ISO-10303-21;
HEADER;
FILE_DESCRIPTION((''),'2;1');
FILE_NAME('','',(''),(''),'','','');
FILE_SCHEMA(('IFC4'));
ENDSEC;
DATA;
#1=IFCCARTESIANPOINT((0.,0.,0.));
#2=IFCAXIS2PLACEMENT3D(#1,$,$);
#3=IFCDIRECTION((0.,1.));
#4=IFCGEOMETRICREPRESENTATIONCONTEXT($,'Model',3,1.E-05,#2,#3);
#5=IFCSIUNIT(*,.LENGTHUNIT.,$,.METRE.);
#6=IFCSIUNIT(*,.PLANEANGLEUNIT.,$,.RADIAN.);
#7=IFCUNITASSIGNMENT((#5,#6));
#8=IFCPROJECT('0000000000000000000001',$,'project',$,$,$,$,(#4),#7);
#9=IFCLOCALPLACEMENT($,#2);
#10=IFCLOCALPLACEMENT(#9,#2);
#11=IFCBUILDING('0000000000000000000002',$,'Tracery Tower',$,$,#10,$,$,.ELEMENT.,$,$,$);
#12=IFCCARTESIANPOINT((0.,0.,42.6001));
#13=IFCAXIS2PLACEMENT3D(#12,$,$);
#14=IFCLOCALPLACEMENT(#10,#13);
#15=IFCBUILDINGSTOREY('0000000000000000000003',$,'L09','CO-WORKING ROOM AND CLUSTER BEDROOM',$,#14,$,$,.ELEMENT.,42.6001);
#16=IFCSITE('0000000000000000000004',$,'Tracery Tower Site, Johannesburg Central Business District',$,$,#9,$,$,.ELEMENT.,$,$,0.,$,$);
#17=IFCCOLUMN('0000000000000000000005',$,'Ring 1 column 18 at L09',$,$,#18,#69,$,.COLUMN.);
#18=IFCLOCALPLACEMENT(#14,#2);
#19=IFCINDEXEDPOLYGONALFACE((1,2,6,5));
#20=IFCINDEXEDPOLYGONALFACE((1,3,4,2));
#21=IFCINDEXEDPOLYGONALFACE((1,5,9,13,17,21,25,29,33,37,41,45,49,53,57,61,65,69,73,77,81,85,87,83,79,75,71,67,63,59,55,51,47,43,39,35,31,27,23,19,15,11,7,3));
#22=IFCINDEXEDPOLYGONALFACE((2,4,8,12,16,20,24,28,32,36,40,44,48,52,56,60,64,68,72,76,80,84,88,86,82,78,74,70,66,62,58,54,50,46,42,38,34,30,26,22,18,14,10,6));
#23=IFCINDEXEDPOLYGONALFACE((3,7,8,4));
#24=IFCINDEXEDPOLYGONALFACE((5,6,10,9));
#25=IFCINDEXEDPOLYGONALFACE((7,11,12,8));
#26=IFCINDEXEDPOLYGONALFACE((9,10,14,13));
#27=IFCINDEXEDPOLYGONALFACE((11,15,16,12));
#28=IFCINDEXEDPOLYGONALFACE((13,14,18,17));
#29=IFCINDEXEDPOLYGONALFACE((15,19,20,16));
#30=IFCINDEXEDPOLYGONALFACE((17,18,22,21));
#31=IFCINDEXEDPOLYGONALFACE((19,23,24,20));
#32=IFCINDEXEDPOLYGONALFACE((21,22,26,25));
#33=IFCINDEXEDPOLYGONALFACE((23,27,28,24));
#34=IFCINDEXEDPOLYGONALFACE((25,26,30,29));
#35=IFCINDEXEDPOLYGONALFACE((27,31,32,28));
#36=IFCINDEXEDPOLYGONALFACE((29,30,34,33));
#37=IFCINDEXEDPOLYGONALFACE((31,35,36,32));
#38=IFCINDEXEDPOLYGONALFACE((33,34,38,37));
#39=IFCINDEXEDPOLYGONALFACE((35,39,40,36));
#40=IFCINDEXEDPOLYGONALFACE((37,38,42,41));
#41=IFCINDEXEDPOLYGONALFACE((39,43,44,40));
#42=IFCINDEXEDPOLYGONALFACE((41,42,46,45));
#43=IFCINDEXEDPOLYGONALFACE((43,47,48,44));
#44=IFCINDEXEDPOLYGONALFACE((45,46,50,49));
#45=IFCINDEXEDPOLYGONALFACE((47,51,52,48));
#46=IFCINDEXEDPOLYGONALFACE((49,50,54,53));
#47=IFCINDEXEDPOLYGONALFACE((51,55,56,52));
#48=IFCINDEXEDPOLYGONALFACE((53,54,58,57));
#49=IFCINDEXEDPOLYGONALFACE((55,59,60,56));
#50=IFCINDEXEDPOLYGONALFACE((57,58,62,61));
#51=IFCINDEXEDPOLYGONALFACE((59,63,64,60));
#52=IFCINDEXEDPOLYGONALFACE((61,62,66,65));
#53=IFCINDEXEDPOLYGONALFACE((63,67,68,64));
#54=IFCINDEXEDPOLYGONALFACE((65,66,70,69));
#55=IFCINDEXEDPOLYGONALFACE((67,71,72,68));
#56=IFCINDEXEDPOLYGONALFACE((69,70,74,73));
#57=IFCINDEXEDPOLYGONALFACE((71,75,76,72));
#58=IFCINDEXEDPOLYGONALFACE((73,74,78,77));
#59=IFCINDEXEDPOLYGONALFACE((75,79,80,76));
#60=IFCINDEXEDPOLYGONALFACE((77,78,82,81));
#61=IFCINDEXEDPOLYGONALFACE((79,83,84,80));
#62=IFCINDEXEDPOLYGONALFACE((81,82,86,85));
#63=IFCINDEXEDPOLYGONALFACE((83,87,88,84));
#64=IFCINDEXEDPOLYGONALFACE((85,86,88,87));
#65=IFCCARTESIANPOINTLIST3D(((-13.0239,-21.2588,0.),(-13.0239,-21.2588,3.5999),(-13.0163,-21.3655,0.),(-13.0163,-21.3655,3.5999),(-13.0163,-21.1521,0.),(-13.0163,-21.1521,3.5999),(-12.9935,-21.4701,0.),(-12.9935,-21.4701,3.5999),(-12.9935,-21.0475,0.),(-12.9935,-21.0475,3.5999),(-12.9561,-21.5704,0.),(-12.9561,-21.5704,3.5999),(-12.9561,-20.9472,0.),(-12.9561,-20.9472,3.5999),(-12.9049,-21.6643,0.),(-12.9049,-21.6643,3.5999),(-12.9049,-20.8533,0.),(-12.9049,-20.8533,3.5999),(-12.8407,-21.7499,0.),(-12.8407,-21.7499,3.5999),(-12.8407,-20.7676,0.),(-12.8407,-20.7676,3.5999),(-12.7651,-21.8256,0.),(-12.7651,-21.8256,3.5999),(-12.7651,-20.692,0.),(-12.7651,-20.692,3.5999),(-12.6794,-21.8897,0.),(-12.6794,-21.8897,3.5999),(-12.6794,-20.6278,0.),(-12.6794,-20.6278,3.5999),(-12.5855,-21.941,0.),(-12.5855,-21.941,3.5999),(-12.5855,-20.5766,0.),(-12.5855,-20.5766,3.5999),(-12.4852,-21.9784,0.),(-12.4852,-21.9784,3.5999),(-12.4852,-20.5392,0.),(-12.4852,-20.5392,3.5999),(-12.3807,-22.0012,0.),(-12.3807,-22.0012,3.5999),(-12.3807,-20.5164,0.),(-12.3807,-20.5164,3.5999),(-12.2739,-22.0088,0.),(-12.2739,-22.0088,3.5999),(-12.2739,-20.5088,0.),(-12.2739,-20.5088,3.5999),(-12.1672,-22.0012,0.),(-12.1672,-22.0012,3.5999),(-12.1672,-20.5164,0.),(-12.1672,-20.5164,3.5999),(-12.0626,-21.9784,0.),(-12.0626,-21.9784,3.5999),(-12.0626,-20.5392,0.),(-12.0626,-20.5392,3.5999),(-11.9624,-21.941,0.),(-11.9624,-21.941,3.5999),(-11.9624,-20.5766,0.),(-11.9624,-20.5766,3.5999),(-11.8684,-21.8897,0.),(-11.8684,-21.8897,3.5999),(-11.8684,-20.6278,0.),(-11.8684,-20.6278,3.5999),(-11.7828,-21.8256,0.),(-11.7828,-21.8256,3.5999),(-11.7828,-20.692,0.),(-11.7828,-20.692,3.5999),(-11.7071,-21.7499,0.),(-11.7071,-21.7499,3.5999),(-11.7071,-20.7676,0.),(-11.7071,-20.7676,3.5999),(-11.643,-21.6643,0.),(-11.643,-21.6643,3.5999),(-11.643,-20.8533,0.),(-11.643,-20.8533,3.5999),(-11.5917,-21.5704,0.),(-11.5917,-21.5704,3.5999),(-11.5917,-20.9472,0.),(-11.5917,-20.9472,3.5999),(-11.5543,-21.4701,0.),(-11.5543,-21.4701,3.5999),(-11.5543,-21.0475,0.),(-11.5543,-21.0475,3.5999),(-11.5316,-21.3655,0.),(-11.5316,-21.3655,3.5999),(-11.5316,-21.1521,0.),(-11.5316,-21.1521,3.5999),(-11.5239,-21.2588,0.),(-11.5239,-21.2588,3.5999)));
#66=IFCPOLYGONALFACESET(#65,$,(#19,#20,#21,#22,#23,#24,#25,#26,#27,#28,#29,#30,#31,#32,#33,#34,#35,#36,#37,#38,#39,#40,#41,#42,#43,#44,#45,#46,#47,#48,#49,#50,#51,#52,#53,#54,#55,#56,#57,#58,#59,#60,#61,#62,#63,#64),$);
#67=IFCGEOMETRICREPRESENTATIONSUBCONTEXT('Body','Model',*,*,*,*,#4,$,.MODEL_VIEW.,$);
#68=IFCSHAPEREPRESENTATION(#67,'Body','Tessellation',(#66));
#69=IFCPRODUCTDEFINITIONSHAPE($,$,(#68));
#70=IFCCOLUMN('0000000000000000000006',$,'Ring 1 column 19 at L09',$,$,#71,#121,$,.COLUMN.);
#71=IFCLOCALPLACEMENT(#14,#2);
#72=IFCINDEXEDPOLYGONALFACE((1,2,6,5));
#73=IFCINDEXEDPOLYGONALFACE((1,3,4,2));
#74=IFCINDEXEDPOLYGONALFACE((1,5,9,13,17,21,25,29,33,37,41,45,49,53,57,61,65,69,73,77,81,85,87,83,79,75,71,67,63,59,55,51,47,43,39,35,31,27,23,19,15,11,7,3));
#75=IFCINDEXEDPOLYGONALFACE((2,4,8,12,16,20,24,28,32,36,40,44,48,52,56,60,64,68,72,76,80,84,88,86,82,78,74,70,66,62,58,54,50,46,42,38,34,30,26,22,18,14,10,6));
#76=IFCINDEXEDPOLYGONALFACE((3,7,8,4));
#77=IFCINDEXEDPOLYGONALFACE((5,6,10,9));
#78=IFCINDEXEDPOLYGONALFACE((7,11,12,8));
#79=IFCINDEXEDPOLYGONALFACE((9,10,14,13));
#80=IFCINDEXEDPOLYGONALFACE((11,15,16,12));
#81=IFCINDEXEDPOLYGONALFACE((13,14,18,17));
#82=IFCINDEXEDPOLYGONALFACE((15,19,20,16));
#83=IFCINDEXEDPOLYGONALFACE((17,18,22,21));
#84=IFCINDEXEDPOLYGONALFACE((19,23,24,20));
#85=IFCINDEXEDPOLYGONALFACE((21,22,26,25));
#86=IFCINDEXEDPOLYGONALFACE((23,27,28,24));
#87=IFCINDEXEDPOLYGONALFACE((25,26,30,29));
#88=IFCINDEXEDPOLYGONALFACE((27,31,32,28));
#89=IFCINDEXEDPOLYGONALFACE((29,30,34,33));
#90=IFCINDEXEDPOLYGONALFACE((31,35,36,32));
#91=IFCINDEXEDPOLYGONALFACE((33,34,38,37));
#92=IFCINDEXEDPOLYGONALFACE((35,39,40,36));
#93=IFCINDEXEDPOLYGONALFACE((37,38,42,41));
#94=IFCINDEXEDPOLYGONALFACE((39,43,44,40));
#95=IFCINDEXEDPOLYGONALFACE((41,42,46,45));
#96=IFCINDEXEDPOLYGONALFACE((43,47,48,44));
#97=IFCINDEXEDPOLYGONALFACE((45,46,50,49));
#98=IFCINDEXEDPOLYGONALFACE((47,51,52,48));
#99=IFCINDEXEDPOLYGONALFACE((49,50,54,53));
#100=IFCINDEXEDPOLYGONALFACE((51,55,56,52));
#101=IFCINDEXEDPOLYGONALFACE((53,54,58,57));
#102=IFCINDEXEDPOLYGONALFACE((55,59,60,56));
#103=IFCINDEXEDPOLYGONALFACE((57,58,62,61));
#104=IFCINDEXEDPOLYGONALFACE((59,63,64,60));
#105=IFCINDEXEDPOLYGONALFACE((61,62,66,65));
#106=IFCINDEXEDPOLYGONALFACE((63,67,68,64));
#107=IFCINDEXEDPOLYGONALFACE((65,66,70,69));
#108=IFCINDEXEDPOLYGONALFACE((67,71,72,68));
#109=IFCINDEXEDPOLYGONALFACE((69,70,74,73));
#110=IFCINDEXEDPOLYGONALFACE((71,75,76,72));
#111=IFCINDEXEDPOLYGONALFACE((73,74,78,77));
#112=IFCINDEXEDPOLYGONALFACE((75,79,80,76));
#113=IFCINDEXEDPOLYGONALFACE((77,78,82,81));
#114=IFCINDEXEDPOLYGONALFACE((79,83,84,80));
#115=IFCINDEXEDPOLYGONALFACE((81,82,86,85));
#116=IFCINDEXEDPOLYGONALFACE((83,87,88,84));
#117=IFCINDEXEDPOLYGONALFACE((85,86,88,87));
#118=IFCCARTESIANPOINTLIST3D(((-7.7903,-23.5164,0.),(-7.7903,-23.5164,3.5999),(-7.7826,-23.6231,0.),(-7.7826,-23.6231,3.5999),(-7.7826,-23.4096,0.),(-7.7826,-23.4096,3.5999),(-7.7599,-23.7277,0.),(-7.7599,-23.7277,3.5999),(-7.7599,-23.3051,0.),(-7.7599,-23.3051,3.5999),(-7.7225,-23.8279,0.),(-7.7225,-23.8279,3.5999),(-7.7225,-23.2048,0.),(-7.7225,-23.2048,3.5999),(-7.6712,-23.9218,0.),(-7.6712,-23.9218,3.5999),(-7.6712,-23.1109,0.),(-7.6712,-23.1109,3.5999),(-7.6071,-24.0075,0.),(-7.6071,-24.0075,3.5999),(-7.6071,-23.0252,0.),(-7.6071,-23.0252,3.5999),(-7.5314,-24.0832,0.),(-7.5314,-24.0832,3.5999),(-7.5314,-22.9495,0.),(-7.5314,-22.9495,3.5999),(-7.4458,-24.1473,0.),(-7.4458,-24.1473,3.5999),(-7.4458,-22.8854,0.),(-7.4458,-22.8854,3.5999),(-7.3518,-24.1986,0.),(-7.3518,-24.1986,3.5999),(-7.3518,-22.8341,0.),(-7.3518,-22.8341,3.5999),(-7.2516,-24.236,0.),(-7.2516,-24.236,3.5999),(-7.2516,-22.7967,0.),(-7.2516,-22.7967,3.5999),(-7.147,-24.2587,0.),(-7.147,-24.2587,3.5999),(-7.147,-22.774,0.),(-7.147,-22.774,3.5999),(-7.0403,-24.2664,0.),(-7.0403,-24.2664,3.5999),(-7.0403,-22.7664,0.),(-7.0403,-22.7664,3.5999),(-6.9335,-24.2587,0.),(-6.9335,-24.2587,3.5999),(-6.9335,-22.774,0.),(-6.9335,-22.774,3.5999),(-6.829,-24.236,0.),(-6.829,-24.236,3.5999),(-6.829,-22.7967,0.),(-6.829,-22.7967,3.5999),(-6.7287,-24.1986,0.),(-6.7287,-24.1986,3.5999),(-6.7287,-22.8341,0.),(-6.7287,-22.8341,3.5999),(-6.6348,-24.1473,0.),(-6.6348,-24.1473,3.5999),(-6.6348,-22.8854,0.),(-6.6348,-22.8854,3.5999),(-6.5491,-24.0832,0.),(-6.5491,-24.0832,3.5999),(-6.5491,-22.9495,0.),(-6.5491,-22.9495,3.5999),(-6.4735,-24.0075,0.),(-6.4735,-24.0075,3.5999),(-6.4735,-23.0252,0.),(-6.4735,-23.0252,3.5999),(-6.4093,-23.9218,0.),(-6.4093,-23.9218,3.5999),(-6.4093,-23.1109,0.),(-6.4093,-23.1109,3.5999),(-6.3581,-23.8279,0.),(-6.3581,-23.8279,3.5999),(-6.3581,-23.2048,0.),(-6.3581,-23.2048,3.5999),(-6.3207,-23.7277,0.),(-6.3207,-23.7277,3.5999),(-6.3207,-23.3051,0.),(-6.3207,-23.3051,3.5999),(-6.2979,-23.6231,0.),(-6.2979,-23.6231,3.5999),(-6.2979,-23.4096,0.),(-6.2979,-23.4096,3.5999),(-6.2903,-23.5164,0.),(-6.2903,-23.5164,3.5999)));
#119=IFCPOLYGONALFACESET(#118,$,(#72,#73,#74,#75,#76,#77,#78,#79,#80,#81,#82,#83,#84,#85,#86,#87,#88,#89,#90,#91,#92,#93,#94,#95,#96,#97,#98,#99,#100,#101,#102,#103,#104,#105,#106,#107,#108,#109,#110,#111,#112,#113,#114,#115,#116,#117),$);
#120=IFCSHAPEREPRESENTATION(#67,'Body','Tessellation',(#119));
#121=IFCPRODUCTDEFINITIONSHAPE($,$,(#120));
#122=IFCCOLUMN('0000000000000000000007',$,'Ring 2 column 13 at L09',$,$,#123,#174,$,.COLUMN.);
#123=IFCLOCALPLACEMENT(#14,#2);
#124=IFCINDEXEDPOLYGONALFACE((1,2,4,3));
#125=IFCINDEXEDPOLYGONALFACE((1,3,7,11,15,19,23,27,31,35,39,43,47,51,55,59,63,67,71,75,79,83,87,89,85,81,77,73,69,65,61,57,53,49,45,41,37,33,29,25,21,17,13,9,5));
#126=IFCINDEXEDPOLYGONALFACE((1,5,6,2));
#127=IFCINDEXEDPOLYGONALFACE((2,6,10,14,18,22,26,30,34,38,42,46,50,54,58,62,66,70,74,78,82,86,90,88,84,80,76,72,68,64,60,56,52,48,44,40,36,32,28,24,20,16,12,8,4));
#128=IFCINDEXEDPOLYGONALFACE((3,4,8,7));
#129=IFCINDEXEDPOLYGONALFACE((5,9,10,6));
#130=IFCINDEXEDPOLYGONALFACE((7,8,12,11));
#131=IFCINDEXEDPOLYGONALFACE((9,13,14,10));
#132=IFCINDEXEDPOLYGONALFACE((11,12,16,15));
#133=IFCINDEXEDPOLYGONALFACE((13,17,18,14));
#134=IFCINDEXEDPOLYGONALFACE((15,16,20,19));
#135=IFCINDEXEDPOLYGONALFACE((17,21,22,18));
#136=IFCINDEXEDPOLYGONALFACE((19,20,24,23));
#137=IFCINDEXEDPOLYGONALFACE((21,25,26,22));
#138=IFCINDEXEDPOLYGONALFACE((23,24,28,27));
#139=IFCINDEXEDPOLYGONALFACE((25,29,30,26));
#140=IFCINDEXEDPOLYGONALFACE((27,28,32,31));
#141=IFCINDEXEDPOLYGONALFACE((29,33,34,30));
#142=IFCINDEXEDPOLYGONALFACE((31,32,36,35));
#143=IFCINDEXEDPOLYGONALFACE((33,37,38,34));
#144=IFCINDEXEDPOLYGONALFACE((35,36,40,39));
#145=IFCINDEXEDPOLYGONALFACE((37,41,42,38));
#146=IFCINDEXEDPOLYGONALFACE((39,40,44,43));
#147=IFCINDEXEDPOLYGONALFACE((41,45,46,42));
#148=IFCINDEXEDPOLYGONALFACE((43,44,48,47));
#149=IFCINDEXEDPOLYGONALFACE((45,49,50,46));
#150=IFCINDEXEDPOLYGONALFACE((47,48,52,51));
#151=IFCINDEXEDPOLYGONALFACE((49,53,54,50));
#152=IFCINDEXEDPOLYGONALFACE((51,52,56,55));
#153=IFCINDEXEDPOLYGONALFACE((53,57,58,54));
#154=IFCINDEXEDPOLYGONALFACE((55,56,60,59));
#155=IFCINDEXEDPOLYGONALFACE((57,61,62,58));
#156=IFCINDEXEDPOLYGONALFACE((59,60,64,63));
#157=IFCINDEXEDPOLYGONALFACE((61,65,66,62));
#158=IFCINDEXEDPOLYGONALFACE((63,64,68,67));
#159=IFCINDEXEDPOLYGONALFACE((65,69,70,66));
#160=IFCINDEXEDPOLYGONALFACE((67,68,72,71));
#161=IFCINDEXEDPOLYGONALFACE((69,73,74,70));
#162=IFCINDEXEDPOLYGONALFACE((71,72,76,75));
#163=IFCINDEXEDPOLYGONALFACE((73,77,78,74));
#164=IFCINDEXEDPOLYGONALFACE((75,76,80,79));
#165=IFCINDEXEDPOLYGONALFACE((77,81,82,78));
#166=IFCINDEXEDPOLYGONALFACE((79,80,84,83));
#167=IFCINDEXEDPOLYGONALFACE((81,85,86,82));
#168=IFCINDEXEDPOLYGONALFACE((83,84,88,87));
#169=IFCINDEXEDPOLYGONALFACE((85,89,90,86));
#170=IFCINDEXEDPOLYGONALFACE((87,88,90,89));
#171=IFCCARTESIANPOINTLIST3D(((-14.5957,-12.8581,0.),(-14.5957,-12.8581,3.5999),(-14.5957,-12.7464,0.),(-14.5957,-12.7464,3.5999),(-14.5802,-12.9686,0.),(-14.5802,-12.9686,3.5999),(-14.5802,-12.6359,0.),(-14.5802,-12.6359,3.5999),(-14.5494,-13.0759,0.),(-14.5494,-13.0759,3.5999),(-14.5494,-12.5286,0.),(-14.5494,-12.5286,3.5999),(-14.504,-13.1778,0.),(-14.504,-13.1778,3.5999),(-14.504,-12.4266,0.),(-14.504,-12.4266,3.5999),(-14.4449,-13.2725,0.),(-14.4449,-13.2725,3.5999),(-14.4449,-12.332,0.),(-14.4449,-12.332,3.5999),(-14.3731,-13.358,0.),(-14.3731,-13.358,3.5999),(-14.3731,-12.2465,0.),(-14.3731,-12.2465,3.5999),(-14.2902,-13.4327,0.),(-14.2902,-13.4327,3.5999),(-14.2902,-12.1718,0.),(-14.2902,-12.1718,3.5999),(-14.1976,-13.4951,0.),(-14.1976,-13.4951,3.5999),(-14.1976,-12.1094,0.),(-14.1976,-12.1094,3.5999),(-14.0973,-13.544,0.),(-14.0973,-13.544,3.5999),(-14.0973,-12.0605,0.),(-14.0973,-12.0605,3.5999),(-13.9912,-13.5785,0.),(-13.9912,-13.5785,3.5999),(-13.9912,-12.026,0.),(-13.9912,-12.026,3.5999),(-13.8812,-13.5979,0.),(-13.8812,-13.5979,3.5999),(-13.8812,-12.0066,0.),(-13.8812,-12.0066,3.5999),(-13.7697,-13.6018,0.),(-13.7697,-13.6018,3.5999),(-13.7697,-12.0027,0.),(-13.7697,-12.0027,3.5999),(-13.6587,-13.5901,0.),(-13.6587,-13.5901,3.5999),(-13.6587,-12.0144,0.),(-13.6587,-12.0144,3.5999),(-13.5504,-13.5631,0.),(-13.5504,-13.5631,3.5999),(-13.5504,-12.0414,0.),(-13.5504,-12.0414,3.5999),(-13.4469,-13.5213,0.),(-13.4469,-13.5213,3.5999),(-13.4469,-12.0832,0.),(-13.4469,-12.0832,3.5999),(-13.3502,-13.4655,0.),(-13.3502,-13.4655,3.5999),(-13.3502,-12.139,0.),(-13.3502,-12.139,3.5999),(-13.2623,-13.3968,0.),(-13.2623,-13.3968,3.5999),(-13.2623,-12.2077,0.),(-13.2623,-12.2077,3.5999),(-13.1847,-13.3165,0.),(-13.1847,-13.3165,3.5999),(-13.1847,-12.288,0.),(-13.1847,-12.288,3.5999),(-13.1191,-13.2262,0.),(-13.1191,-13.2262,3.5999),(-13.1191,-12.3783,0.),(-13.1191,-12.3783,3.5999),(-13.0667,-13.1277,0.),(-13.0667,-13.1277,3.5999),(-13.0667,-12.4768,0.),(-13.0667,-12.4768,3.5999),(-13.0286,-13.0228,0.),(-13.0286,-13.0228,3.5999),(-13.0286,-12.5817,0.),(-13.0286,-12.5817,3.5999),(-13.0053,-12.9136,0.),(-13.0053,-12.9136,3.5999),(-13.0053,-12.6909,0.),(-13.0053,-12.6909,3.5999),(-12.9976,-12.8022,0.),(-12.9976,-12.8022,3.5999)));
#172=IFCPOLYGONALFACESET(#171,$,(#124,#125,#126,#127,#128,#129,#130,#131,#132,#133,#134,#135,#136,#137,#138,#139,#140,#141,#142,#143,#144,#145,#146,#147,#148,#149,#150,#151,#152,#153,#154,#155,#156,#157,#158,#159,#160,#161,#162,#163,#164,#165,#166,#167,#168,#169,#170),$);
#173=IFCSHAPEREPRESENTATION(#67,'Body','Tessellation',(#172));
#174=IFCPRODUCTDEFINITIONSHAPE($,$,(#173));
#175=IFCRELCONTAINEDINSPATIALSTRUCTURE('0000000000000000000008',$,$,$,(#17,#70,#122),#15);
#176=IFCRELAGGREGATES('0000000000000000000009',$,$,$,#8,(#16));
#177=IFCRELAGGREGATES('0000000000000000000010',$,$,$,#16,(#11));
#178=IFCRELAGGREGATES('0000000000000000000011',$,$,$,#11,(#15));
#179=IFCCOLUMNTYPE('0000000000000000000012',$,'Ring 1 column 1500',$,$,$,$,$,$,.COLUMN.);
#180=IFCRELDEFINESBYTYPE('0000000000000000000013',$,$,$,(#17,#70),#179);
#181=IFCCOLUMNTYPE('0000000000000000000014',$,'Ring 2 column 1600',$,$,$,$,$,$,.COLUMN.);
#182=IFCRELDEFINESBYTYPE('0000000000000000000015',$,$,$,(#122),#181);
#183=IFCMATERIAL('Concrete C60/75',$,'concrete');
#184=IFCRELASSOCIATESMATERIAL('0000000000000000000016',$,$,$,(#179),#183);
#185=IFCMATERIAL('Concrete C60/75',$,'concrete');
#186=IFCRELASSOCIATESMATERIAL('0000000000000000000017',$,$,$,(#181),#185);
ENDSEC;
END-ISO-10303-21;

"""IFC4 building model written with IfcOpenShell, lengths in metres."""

from ifc_helpers import new_model, si_unit, direction, frame, origin, origin_2d, place, context, subcontext, project, spatial, circle, extrude, material, material_profile, profile_set, type_object, element, save


model = new_model("IFC4")

# Units and contexts
model_context = context("Model", 3, precision=1e-05, world=origin(), true_north=direction((0.0, 1.0)))
body_context = subcontext(model_context, "Body", "Model", "MODEL_VIEW")
ifc_project = project(units=[si_unit("LENGTHUNIT", "METRE"), si_unit("PLANEANGLEUNIT", "RADIAN")], contexts=[model_context])

# Site, building, storey
site_placement = place(None, origin())
site = spatial("IfcSite", under=ifc_project, at=site_placement, Name="Tracery Tower Site, Johannesburg Central Business District", CompositionType="ELEMENT", RefElevation=0.0)
building_placement = place(site_placement, origin())
building = spatial("IfcBuilding", under=site, at=building_placement, Name="Tracery Tower", CompositionType="ELEMENT")
storey_placement = place(building_placement, frame((0.0, 0.0, 42.6001)))
storey = spatial("IfcBuildingStorey", under=building, at=storey_placement, Name="L09", Description="CO-WORKING ROOM AND CLUSTER BEDROOM", CompositionType="ELEMENT", Elevation=42.6001)

# Columns
ifc_material_1 = material(Name="Concrete C60/75", Category="concrete")
ifc_material_profile_1 = material_profile(ifc_material_1, circle(Radius=0.75, at=origin_2d()), Name="RC D1500")
ifc_profile_set_1 = profile_set([ifc_material_profile_1], Name="Concrete C60/75")
column_type_1 = type_object("IfcColumnType", Name="Ring 1 column 1500", PredefinedType="COLUMN", material=ifc_profile_set_1)
for number, where, z_axis, x_axis, name in (
    (1, (-12.2739, -21.2588, 0.0), (0.0, 0.0, 1.0), (1.0, 0.0, 0.0), "Ring 1 column 18 at L09"),
    (2, (-7.0403, -23.5164, 0.0), (0.0, 0.0, 1.0), (1.0, 0.0, 0.0), "Ring 1 column 19 at L09"),
):
    element("IfcColumn", number, at=place(storey_placement, frame(where, z_axis=z_axis, x_axis=x_axis)), inside=storey, type_object=column_type_1, Name=name, PredefinedType="COLUMN", context=body_context, shape_type="SweptSolid", body=[
        extrude(circle(Radius=0.75, at=origin_2d()), origin(), (0.0, 0.0, 1.0), 3.5999),
    ])
ifc_material_2 = material(Name="Concrete C60/75", Category="concrete")
ifc_material_profile_2 = material_profile(ifc_material_2, circle(Radius=0.8, at=origin_2d()), Name="RC D1600")
ifc_profile_set_2 = profile_set([ifc_material_profile_2], Name="Concrete C60/75")
column_type_2 = type_object("IfcColumnType", Name="Ring 2 column 1600", PredefinedType="COLUMN", material=ifc_profile_set_2)
for number, where, z_axis, x_axis, name in (
    (3, (-13.7976, -12.8022, 0.0), (0.0, 0.0, 1.0), (1.0, 0.0, 0.0), "Ring 2 column 13 at L09"),
):
    element("IfcColumn", number, at=place(storey_placement, frame(where, z_axis=z_axis, x_axis=x_axis)), inside=storey, type_object=column_type_2, Name=name, PredefinedType="COLUMN", context=body_context, shape_type="SweptSolid", body=[
        extrude(circle(Radius=0.8, at=origin_2d()), origin(), (0.0, 0.0, 1.0), 3.5999),
    ])

save(model, "model.ifc")
